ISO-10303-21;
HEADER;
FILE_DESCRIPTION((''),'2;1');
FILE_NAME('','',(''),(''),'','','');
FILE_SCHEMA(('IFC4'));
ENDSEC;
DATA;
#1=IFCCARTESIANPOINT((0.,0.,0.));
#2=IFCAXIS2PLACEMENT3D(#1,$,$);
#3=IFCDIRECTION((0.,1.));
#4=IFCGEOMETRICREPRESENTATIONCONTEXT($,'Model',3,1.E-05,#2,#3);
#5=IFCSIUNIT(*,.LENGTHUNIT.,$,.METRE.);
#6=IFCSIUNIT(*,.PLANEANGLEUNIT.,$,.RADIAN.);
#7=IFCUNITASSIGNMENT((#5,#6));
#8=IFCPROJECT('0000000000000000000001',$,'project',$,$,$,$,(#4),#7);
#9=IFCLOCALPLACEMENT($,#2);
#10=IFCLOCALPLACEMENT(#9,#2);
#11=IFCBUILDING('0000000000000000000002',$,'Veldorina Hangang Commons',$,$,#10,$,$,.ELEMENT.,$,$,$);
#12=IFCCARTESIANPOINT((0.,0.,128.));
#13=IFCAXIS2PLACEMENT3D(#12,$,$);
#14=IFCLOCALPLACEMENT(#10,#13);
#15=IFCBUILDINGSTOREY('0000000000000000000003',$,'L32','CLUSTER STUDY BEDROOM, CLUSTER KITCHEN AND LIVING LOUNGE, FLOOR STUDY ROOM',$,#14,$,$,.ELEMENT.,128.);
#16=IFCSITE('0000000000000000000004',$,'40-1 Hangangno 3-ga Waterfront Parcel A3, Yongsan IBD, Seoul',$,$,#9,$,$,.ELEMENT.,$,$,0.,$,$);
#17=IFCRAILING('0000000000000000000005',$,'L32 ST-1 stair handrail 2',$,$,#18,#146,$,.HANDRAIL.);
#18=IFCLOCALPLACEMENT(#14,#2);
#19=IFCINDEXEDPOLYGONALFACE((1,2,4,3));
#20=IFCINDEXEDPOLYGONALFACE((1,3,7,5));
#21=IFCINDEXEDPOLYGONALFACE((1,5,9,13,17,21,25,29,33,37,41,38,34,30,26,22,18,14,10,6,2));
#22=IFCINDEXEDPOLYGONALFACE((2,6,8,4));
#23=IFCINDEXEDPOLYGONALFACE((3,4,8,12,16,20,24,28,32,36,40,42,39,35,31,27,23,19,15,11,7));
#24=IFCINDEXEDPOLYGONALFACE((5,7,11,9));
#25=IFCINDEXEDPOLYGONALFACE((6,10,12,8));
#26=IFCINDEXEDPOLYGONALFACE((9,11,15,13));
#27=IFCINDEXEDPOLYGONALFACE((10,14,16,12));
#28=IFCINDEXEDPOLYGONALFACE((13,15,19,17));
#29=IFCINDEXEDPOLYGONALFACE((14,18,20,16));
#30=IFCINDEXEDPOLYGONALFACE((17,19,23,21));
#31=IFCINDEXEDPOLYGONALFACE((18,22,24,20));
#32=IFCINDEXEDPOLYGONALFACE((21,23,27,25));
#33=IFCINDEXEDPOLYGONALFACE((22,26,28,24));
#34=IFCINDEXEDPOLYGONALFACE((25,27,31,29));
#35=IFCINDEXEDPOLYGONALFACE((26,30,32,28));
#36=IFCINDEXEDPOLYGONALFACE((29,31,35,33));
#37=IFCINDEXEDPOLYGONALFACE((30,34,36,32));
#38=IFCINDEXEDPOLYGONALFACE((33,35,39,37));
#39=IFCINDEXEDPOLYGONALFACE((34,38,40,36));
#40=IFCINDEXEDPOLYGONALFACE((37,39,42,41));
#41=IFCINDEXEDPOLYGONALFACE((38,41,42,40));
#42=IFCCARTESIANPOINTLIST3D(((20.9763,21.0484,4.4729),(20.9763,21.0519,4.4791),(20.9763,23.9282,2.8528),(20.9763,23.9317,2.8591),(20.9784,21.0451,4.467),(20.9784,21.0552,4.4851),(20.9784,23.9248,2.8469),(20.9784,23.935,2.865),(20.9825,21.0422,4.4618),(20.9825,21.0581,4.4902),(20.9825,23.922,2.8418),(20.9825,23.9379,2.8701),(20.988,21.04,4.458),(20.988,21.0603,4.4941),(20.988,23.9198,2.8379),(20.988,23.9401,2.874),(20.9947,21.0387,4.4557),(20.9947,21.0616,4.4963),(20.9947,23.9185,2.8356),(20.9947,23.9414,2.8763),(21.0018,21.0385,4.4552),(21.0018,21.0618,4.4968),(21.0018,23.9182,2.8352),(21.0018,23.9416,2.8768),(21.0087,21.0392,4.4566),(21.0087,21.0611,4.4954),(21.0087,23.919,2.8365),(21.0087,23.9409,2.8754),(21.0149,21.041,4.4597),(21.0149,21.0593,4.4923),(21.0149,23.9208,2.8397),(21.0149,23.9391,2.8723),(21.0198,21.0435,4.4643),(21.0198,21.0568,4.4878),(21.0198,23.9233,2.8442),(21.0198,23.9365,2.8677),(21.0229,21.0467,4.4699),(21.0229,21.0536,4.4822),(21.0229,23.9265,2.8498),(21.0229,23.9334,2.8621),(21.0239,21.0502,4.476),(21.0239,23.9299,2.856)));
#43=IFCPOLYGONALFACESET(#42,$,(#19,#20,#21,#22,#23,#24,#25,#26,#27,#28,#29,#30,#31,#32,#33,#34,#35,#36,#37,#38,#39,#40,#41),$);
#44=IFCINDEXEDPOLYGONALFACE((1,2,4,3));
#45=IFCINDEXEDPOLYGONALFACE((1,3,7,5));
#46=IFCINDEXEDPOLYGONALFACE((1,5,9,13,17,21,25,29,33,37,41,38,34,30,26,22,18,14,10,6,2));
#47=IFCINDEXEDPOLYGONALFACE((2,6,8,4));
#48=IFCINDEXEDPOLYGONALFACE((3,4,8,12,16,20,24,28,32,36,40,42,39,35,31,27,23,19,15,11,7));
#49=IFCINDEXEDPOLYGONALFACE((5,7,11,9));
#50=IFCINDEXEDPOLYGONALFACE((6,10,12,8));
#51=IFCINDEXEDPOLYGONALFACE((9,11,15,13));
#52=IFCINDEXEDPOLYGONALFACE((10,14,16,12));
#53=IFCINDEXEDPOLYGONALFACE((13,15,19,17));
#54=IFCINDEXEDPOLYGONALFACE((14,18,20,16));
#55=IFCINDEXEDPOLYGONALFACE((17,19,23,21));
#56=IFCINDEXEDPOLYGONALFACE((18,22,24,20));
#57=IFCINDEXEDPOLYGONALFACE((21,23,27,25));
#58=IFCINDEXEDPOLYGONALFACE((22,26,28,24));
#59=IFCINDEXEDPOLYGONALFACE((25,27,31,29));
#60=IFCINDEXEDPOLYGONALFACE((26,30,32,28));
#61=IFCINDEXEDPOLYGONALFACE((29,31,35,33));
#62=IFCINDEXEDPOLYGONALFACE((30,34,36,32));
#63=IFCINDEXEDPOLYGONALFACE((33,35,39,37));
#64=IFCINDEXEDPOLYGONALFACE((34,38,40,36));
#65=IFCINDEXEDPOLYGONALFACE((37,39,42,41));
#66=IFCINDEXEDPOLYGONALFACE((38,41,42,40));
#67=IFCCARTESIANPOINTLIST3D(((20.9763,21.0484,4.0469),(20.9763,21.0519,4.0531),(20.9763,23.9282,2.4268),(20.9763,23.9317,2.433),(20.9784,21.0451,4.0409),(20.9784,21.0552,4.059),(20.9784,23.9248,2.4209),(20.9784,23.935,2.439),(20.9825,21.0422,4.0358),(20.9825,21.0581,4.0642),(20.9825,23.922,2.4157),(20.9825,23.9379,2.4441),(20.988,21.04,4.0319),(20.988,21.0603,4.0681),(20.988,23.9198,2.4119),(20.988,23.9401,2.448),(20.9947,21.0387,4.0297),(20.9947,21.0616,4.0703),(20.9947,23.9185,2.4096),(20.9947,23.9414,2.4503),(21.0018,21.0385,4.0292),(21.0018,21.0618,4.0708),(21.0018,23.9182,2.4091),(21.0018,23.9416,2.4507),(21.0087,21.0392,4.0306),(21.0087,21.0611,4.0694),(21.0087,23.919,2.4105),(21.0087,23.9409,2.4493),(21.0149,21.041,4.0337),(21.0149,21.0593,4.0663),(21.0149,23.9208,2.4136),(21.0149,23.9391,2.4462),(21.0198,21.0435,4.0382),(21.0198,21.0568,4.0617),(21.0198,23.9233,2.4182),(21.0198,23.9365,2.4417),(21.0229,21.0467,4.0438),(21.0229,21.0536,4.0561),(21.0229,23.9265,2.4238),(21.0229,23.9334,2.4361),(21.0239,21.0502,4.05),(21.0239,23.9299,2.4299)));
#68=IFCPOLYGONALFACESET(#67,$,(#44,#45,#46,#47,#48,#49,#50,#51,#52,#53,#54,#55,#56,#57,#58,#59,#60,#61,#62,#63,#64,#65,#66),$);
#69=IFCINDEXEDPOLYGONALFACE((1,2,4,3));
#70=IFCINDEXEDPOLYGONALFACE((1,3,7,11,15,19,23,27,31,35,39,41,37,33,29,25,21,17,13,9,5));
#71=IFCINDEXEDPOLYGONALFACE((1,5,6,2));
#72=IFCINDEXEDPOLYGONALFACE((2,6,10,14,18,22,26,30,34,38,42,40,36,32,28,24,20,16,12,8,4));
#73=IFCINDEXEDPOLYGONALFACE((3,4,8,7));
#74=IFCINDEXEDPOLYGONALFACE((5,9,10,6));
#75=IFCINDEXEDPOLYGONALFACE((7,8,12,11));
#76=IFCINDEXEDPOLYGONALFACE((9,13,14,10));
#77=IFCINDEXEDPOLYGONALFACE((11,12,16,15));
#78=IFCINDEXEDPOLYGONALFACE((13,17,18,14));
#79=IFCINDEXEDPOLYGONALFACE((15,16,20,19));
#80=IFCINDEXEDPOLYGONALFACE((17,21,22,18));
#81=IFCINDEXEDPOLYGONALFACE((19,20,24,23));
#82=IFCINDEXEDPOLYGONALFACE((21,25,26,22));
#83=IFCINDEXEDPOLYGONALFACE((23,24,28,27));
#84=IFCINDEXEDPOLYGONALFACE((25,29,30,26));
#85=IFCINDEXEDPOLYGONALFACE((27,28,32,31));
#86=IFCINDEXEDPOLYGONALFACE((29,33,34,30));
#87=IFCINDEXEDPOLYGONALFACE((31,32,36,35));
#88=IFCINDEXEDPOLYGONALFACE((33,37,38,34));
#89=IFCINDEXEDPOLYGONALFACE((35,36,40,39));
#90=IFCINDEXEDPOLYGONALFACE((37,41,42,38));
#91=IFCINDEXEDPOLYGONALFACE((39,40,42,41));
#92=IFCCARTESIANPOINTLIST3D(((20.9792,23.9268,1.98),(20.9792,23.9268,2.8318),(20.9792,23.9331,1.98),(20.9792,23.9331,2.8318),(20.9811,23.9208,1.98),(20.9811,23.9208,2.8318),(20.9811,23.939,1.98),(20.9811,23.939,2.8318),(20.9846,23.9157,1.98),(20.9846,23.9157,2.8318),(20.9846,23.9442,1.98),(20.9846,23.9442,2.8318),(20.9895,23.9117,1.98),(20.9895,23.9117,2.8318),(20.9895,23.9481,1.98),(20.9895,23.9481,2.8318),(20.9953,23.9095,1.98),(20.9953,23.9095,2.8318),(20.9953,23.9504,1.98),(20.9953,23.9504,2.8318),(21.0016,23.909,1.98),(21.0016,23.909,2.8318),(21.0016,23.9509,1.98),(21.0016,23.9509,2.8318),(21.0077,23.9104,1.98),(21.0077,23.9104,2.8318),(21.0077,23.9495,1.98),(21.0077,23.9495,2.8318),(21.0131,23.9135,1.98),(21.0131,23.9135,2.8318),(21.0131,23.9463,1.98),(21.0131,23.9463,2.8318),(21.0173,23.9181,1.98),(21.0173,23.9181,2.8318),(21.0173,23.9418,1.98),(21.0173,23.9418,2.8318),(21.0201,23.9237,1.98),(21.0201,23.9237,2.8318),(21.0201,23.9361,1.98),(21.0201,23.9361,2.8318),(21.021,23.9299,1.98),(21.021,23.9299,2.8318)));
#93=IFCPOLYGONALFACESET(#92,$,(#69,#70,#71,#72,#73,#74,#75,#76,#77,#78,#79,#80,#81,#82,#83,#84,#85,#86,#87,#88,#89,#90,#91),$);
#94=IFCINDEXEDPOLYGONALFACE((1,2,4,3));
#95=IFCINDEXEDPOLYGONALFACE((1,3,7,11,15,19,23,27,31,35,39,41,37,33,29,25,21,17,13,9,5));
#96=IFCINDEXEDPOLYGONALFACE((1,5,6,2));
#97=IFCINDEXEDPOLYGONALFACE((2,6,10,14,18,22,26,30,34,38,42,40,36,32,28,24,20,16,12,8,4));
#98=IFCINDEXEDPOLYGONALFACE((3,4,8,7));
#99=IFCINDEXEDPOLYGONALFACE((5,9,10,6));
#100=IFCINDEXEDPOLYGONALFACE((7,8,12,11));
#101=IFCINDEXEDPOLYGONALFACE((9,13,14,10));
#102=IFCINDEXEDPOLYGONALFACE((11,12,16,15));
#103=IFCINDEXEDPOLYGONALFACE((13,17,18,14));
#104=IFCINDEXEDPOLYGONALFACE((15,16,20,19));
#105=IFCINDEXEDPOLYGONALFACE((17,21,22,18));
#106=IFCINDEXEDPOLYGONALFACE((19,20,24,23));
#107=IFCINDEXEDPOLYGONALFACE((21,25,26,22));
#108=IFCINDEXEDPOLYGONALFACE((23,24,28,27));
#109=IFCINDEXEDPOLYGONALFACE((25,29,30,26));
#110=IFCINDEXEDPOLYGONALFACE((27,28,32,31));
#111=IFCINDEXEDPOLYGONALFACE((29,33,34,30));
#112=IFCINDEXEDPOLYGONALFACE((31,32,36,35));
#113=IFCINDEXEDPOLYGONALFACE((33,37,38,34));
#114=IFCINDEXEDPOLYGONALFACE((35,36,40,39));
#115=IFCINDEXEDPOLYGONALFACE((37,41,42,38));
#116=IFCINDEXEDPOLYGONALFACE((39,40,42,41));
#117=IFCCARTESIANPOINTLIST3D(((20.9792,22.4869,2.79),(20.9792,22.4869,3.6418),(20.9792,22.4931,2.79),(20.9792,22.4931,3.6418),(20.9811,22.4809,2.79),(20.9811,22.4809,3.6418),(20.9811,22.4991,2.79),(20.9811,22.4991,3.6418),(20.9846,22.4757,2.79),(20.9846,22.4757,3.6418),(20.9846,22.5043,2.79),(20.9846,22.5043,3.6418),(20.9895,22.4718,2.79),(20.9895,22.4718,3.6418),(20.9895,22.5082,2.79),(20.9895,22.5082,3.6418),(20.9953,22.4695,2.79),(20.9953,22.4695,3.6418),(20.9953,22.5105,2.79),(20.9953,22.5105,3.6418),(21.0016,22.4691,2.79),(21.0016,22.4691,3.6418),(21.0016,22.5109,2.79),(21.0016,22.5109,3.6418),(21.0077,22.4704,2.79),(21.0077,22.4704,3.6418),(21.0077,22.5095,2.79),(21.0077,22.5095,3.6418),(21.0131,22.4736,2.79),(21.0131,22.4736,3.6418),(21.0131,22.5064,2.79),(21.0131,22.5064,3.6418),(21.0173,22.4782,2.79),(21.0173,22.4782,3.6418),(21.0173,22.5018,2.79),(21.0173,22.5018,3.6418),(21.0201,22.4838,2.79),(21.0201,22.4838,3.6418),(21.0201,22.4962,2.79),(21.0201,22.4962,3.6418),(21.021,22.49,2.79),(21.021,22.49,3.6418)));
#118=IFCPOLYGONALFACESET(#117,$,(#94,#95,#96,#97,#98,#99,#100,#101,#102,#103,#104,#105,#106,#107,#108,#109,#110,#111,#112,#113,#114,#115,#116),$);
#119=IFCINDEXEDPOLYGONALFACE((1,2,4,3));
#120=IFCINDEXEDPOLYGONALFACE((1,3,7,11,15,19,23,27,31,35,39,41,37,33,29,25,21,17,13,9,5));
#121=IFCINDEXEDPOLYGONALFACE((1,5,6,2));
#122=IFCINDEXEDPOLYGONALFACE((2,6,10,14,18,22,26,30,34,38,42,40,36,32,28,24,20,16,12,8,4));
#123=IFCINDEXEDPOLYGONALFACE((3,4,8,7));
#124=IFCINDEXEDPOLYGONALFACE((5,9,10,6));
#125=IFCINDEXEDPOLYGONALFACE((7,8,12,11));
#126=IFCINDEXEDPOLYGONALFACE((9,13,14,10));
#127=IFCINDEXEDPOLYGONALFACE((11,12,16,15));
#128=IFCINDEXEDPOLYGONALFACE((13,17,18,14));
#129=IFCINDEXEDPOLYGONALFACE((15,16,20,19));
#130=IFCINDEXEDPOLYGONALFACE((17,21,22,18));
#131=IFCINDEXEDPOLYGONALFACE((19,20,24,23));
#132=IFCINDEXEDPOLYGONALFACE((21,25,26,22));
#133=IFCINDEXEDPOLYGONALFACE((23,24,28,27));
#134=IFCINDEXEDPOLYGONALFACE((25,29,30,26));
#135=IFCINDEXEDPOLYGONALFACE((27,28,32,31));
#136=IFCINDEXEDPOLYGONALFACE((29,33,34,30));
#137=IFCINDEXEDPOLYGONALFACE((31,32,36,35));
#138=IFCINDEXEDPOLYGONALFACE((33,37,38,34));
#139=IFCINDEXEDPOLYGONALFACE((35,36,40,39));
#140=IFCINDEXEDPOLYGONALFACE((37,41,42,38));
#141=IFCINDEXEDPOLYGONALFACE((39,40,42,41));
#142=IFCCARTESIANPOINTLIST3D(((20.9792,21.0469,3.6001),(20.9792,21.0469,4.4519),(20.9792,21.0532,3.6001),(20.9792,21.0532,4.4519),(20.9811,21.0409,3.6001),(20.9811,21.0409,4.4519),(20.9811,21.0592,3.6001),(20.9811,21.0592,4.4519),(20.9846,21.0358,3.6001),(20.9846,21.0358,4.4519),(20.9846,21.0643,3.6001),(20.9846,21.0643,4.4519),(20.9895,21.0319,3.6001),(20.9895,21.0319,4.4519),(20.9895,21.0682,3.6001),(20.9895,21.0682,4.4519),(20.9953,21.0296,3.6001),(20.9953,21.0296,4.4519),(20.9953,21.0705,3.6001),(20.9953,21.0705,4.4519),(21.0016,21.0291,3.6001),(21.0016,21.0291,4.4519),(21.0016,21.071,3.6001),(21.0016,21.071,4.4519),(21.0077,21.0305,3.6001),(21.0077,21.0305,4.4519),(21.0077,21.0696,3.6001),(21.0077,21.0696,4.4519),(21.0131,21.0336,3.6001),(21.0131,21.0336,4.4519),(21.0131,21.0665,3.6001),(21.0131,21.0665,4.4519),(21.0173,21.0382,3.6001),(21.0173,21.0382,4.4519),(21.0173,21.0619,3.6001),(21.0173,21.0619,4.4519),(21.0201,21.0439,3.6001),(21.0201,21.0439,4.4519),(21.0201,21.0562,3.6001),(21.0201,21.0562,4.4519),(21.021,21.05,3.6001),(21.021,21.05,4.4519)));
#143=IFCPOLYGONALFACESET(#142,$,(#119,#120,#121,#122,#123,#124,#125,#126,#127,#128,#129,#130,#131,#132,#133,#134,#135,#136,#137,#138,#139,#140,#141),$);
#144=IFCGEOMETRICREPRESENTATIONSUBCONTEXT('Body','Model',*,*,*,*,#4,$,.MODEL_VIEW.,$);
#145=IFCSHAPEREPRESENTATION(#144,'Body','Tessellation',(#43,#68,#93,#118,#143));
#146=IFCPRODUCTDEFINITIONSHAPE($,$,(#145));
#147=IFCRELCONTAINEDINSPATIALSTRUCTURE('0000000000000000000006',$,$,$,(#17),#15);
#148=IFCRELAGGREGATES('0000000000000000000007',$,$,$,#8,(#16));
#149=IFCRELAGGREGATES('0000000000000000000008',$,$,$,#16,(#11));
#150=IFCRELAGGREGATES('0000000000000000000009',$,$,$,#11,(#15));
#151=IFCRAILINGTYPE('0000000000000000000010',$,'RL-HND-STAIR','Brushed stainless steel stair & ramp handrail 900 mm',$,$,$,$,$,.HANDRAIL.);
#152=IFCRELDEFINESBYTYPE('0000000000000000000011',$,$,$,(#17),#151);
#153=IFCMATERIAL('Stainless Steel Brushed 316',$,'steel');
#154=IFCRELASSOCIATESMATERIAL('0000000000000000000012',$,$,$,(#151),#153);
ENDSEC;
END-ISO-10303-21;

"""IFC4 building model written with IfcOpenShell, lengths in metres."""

from ifc_helpers import new_model, si_unit, direction, frame, origin, origin_2d, place, context, subcontext, project, spatial, circle, extrude, material, type_object, element, save


model = new_model("IFC4")

# Units and contexts
model_context = context("Model", 3, precision=1e-05, world=origin(), true_north=direction((0.0, 1.0)))
body_context = subcontext(model_context, "Body", "Model", "MODEL_VIEW")
ifc_project = project(units=[si_unit("LENGTHUNIT", "METRE"), si_unit("PLANEANGLEUNIT", "RADIAN")], contexts=[model_context])

# Site, building, storey
site_placement = place(None, origin())
site = spatial("IfcSite", under=ifc_project, at=site_placement, Name="40-1 Hangangno 3-ga Waterfront Parcel A3, Yongsan IBD, Seoul", CompositionType="ELEMENT", RefElevation=0.0)
building_placement = place(site_placement, origin())
building = spatial("IfcBuilding", under=site, at=building_placement, Name="Veldorina Hangang Commons", CompositionType="ELEMENT")
storey_placement = place(building_placement, frame((0.0, 0.0, 128.0)))
storey = spatial("IfcBuildingStorey", under=building, at=storey_placement, Name="L32", Description="CLUSTER STUDY BEDROOM, CLUSTER KITCHEN AND LIVING LOUNGE, FLOOR STUDY ROOM", CompositionType="ELEMENT", Elevation=128.0)

# Railing
ifc_material_1 = material(Name="Stainless Steel Brushed 316", Category="steel")
railing_type_1 = type_object("IfcRailingType", Name="RL-HND-STAIR", Description="Brushed stainless steel stair & ramp handrail 900 mm", PredefinedType="HANDRAIL", material=ifc_material_1)
railing_1_placement = place(storey_placement, frame((21.0, 23.9299, 1.98)))
element("IfcRailing", 1, at=railing_1_placement, inside=storey, type_object=railing_type_1, Name="L32 ST-1 stair handrail 2", PredefinedType="HANDRAIL", context=body_context, shape_type="SweptSolid", body=[
    extrude(circle(Radius=0.0239, at=origin_2d()), frame((0.0, 0.0, 0.876), z_axis=(0.0, -0.871552, 0.490303), x_axis=(1.0, 0.0, 0.0)), (0.0, 0.0, 1.0), 3.3042),
    extrude(circle(Radius=0.0239, at=origin_2d()), frame((0.0, 0.0, 0.45), z_axis=(0.0, -0.871552, 0.490303), x_axis=(1.0, 0.0, 0.0)), (0.0, 0.0, 1.0), 3.3042),
    extrude(circle(Radius=0.021, at=origin_2d()), origin(), (0.0, 0.0, 1.0), 0.8518),
    extrude(circle(Radius=0.021, at=origin_2d()), frame((0.0, -1.4399, 0.8101)), (0.0, 0.0, 1.0), 0.8518),
    extrude(circle(Radius=0.021, at=origin_2d()), frame((0.0, -2.8799, 1.6201)), (0.0, 0.0, 1.0), 0.8518),
])

save(model, "model.ifc")
